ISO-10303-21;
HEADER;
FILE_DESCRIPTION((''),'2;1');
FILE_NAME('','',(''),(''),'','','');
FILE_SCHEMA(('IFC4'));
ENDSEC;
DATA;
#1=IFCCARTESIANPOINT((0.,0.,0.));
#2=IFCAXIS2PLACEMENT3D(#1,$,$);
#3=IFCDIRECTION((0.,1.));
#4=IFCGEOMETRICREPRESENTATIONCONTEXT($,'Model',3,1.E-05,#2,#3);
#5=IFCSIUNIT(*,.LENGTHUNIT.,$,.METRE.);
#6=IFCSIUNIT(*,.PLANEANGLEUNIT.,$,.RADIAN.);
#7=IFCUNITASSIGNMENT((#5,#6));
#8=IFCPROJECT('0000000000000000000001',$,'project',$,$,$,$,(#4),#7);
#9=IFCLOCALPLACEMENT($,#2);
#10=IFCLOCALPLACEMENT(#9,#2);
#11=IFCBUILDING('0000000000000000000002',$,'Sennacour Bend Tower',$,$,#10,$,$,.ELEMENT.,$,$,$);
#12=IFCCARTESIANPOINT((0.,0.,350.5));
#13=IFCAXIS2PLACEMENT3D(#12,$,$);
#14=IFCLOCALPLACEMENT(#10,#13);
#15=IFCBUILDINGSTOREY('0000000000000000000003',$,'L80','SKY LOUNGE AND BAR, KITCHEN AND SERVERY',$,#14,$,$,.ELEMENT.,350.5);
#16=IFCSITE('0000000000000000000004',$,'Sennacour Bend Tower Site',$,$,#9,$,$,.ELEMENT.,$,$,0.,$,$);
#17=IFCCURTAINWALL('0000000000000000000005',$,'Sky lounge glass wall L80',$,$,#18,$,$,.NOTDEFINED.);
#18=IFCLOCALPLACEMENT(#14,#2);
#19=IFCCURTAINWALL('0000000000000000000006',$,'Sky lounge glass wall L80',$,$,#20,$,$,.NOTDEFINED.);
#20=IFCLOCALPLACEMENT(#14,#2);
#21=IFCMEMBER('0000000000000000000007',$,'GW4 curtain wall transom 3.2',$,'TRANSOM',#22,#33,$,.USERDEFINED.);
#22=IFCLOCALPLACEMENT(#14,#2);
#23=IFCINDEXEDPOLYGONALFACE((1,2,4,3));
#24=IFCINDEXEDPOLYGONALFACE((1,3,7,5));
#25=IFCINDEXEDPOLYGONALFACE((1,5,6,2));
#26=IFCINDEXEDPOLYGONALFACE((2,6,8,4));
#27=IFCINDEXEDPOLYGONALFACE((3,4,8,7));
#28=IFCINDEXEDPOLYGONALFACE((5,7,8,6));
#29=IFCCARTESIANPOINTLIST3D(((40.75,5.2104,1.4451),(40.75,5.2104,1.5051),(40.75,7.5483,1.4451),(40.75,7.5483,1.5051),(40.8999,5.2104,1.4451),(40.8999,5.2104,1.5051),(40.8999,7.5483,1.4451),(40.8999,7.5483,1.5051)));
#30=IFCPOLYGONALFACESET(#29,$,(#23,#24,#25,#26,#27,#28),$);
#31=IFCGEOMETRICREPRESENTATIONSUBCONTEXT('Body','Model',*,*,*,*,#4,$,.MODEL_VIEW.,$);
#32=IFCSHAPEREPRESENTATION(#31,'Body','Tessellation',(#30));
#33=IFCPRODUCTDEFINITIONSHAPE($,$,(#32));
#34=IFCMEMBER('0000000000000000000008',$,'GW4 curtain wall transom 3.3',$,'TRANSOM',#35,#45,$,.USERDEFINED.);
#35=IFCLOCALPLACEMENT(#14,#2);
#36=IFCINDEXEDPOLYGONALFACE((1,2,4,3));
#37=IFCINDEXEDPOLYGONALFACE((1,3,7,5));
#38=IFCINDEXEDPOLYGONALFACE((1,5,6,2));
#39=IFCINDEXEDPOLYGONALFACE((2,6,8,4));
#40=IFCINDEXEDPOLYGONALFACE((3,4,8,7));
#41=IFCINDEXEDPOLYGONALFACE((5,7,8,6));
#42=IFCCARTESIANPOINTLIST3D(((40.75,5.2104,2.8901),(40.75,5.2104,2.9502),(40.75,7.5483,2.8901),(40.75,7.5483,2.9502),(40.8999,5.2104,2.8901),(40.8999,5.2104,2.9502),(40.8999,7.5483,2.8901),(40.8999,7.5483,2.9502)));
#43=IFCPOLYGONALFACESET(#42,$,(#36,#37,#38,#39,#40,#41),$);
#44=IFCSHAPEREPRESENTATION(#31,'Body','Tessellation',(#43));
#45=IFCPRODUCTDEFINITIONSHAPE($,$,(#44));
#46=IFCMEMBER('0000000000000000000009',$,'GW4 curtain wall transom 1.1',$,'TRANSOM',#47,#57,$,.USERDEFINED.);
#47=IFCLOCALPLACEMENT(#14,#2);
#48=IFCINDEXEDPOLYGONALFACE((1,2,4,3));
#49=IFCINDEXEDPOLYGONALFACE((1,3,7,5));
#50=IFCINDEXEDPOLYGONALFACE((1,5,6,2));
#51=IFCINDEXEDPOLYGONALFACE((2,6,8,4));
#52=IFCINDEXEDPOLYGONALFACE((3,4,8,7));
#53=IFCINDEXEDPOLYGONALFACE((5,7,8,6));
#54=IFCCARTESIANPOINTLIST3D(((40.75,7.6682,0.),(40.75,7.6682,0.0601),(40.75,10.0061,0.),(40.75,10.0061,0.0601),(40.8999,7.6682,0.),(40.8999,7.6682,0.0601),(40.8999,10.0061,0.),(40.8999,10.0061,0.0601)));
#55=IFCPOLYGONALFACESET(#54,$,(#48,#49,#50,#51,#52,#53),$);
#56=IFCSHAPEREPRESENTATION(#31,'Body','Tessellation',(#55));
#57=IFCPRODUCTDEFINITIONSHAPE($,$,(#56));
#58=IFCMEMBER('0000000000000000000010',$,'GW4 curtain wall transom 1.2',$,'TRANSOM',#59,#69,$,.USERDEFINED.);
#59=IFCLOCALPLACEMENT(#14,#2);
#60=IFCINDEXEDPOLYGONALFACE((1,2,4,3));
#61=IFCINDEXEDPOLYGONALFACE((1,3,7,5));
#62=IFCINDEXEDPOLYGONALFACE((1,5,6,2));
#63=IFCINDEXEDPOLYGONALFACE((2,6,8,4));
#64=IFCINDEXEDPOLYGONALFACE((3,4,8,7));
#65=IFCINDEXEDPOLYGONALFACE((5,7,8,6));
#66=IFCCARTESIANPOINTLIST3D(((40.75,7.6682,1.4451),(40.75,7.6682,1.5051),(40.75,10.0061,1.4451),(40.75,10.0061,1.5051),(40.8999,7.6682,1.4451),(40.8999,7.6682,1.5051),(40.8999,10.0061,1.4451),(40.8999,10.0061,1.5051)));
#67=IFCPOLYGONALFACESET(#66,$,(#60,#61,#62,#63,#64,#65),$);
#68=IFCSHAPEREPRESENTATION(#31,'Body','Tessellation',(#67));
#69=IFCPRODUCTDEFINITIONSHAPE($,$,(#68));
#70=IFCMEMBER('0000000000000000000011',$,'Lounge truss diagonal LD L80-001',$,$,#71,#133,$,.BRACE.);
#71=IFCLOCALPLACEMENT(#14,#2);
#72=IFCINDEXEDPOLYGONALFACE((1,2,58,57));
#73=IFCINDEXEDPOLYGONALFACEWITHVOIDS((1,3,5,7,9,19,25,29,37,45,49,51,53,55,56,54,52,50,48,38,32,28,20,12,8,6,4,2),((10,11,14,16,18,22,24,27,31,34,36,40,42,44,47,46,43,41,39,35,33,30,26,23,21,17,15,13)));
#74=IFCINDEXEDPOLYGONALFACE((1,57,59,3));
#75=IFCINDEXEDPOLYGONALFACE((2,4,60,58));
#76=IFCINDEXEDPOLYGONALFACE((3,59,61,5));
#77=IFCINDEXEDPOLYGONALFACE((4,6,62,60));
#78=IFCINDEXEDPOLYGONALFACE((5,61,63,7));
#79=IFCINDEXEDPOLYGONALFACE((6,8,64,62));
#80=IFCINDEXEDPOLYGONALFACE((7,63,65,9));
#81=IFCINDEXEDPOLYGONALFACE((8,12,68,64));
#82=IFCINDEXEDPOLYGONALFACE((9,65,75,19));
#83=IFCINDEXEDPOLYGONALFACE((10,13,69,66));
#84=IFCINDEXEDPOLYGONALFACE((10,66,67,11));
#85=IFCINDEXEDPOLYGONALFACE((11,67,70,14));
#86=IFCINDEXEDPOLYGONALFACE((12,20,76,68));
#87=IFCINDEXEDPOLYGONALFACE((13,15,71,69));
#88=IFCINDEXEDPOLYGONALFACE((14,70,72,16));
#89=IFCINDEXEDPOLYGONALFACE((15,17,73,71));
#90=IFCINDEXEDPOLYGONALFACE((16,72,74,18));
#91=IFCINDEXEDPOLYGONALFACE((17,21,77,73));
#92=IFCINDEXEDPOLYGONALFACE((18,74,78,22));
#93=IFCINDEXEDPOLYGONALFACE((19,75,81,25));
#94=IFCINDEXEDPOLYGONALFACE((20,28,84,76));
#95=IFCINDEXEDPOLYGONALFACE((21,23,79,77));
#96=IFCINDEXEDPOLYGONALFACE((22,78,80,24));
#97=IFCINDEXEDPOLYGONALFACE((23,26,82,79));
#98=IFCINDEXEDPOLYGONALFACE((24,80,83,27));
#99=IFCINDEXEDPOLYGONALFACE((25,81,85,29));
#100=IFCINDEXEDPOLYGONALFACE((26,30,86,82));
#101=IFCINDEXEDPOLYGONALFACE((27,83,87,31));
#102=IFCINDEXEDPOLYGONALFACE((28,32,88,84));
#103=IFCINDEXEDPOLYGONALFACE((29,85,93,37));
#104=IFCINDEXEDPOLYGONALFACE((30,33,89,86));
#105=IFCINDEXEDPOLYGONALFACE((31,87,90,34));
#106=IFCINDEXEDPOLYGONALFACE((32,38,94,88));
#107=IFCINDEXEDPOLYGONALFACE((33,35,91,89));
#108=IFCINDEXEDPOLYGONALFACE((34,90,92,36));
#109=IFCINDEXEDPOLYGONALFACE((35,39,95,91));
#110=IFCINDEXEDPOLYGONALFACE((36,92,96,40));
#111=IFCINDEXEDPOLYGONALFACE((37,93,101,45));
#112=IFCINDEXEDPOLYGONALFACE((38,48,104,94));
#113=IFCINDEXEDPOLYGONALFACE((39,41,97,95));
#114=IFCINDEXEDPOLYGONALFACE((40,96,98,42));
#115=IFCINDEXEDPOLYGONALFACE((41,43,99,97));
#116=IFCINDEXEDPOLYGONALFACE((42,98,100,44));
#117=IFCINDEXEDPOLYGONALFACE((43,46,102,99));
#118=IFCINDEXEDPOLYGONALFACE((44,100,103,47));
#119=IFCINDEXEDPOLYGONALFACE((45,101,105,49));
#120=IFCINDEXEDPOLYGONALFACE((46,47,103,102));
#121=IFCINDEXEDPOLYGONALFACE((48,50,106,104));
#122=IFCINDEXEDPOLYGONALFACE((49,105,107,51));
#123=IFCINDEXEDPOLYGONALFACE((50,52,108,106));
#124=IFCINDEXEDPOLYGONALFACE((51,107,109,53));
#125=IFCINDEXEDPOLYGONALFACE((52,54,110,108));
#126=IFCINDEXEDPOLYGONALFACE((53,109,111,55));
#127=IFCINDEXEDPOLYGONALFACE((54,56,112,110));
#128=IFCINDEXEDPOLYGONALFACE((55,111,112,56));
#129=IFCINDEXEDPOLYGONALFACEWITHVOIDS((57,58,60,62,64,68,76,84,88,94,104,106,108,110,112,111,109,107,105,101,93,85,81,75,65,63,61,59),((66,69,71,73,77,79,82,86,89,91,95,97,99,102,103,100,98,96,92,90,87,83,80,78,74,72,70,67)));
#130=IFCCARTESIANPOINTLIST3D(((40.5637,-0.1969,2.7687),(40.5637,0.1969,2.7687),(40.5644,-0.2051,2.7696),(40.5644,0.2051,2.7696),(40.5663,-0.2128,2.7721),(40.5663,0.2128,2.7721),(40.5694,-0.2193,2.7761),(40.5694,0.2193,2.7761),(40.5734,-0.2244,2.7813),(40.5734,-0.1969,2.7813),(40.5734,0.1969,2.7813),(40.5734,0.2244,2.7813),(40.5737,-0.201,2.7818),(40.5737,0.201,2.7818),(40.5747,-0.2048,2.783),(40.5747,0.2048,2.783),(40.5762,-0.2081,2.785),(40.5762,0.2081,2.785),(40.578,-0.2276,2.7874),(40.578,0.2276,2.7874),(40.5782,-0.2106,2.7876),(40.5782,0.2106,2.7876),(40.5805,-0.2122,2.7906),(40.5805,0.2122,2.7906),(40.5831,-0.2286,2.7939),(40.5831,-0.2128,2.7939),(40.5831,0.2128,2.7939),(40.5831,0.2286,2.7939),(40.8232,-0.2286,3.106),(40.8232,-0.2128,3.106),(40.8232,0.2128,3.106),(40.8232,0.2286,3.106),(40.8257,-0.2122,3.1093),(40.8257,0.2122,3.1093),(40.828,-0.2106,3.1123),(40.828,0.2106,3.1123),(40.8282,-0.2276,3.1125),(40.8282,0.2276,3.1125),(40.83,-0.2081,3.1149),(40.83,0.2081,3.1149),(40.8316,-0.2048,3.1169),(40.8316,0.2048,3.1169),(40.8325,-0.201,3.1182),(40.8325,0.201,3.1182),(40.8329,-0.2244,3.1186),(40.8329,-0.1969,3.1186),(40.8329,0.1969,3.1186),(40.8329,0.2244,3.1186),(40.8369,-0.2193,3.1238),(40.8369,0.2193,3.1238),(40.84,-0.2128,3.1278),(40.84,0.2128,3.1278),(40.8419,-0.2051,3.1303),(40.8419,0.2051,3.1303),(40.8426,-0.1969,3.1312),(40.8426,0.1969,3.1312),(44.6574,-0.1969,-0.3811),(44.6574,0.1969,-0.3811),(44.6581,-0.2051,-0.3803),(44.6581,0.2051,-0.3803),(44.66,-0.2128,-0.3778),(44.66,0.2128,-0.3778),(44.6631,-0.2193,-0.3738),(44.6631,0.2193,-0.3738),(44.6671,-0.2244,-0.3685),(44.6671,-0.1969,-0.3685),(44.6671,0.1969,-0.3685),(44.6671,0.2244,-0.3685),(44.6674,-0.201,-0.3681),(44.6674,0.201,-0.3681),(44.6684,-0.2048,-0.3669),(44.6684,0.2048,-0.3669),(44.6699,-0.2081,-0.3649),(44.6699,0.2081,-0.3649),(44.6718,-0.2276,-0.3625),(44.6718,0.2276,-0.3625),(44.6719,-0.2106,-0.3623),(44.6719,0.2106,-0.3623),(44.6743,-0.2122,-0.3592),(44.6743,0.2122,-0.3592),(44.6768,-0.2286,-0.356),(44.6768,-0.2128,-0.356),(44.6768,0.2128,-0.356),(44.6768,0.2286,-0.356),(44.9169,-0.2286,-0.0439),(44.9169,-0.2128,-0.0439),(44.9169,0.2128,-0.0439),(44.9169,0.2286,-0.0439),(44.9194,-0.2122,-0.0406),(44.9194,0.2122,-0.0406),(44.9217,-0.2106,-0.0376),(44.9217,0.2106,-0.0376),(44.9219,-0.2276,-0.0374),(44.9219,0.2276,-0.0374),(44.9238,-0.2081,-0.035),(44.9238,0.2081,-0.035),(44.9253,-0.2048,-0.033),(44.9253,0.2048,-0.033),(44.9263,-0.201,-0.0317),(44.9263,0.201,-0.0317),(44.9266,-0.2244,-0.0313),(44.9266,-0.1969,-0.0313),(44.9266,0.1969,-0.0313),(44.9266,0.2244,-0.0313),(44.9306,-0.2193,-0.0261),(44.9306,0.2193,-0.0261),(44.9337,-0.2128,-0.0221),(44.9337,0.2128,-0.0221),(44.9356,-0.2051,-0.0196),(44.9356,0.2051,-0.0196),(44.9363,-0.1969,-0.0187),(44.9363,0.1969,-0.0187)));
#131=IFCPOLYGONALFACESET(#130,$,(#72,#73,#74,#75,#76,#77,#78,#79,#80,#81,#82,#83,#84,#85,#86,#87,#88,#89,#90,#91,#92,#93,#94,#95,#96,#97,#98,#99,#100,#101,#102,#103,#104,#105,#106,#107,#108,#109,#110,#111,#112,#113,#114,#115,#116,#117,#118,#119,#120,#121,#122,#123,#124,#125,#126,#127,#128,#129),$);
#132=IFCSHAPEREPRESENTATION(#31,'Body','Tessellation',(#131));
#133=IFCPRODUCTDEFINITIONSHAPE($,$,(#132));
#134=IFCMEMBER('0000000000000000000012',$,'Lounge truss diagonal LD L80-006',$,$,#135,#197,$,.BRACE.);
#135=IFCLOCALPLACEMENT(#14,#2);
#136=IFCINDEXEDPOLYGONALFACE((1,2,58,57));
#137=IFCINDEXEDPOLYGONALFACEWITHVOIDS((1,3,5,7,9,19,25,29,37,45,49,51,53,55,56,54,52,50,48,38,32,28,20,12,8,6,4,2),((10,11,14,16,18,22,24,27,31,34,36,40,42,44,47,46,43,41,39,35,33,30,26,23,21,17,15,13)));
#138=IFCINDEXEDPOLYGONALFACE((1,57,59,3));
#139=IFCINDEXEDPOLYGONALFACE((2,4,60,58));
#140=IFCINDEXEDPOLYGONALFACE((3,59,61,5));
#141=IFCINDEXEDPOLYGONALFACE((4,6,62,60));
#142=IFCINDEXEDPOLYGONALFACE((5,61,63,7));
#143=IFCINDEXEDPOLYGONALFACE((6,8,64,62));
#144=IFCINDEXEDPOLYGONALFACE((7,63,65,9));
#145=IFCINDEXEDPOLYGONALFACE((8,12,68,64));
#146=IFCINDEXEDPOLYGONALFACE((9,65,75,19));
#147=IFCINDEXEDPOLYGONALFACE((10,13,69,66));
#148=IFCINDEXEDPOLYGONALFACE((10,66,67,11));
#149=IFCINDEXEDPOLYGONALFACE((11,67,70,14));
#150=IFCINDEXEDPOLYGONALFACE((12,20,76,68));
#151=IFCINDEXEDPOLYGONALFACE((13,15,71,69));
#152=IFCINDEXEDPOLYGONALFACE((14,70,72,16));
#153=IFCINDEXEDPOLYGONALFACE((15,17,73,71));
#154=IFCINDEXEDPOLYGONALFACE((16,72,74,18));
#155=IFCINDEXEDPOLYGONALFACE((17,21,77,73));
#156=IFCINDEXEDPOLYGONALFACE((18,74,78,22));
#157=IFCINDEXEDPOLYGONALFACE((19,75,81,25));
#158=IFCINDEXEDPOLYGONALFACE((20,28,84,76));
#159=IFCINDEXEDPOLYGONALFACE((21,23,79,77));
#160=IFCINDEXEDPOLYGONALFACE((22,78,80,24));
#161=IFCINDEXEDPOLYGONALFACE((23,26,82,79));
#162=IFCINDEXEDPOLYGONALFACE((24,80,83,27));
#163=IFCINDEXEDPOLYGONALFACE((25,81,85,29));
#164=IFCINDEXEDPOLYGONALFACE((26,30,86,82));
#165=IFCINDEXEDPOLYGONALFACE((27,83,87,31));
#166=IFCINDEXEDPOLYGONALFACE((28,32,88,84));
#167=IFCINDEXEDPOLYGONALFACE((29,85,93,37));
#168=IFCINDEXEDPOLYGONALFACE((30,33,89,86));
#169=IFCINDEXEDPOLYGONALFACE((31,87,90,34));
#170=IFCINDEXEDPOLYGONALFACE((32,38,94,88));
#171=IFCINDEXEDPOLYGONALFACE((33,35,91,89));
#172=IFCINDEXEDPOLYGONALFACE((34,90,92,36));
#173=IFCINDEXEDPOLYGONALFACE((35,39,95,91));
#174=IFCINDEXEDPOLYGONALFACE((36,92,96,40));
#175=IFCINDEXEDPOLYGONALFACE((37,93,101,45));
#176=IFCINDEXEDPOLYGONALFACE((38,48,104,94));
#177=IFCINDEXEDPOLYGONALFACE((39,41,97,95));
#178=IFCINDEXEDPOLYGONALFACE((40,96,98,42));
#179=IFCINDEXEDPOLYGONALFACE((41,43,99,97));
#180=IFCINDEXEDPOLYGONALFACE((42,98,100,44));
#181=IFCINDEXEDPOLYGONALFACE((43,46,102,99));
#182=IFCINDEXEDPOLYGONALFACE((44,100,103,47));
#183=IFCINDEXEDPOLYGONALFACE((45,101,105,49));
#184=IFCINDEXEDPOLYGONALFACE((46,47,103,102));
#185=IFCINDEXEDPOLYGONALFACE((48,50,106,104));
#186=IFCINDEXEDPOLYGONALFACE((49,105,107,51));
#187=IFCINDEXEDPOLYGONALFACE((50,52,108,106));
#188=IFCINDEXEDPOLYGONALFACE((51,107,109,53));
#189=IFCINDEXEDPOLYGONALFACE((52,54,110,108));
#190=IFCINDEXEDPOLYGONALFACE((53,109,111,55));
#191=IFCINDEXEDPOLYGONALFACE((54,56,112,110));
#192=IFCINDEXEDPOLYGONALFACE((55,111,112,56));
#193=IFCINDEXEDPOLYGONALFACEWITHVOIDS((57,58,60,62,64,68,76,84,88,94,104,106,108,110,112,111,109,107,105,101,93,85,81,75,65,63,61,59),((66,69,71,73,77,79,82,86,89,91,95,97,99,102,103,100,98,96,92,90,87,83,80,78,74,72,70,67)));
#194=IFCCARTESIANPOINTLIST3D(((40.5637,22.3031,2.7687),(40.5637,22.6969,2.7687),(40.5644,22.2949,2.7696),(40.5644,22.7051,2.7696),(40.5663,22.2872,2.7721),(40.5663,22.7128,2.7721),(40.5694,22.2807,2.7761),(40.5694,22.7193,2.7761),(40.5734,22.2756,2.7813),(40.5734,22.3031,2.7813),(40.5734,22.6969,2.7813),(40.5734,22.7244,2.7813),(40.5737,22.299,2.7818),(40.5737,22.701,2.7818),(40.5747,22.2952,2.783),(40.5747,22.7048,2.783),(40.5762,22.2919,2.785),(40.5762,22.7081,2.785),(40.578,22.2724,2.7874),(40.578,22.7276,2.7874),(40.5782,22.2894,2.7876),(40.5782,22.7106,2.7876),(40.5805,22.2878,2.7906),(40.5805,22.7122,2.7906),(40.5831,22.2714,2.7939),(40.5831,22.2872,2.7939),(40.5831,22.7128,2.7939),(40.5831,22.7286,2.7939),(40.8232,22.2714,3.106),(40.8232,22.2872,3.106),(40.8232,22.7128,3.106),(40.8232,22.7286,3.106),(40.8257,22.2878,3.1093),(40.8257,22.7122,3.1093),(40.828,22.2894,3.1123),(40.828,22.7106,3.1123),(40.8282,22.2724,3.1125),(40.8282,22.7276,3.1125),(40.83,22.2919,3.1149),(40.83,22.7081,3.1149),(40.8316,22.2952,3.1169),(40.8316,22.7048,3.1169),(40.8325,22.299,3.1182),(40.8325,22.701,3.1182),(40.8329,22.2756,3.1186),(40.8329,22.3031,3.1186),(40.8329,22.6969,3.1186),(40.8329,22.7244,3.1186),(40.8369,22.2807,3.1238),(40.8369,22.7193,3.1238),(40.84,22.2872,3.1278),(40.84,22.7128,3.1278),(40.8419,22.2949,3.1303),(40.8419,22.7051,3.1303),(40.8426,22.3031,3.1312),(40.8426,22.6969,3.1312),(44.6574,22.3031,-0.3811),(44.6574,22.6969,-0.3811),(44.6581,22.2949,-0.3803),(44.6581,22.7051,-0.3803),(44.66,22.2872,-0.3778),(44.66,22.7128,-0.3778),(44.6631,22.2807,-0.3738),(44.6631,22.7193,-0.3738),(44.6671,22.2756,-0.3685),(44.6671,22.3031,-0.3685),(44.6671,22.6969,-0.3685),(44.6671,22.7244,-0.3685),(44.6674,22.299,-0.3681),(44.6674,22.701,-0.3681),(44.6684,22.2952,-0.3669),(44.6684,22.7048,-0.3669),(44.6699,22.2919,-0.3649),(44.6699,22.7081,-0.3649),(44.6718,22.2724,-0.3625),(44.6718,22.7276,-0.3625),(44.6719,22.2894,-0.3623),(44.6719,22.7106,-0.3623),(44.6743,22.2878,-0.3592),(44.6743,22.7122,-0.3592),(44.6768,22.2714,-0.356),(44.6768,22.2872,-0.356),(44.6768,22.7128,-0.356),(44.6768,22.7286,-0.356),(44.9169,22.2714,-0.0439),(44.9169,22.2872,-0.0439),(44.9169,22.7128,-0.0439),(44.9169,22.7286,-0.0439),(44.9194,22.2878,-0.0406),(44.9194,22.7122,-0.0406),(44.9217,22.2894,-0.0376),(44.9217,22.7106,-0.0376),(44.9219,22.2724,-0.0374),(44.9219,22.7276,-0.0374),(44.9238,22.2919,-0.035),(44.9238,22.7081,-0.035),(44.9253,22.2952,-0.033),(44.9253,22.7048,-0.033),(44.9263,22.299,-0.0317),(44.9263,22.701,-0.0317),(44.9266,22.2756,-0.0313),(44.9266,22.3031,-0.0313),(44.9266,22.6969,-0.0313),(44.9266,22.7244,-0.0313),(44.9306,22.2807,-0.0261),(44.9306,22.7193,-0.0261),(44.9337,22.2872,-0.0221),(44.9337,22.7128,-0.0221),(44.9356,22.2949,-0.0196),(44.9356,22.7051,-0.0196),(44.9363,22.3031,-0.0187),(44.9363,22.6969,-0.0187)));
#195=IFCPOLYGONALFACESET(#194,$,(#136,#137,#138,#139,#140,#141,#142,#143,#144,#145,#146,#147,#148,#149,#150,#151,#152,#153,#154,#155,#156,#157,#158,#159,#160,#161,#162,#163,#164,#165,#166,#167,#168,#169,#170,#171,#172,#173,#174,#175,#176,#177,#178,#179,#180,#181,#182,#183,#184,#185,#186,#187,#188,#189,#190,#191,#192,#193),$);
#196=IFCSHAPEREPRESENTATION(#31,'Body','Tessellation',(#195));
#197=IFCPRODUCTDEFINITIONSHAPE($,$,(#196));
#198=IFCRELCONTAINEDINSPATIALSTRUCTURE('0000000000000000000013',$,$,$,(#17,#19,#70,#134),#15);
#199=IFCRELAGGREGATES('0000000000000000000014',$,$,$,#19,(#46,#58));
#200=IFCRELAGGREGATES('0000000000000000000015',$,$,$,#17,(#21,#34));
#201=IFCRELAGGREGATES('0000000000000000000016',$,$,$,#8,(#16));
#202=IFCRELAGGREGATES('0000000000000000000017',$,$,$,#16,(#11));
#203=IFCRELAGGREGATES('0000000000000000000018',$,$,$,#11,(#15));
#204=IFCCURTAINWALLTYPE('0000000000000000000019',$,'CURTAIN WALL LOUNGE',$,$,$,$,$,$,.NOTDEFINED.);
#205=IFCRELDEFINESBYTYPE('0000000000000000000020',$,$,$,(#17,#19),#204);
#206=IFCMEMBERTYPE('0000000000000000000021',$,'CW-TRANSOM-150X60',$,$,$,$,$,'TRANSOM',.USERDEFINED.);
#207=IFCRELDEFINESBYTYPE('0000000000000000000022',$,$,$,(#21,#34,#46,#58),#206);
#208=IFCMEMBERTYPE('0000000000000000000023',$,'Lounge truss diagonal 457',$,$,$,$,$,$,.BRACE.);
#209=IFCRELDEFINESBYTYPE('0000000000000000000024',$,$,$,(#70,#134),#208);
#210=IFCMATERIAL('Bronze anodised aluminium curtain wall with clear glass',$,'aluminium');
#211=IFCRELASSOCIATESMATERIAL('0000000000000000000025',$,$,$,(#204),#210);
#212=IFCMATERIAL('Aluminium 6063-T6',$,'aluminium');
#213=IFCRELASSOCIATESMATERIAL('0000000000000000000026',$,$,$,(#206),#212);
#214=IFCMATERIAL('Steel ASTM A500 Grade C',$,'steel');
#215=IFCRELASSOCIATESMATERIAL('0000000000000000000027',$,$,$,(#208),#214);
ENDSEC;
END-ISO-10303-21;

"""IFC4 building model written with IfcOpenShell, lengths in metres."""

from ifc_helpers import new_model, si_unit, direction, frame, origin, origin_2d, place, context, subcontext, project, spatial, rectangle, hollow_rectangle, extrude, material, material_profile, profile_set, type_object, element, aggregate, save


model = new_model("IFC4")

# Units and contexts
model_context = context("Model", 3, precision=1e-05, world=origin(), true_north=direction((0.0, 1.0)))
body_context = subcontext(model_context, "Body", "Model", "MODEL_VIEW")
ifc_project = project(units=[si_unit("LENGTHUNIT", "METRE"), si_unit("PLANEANGLEUNIT", "RADIAN")], contexts=[model_context])

# Site, building, storey
site_placement = place(None, origin())
site = spatial("IfcSite", under=ifc_project, at=site_placement, Name="Sennacour Bend Tower Site", CompositionType="ELEMENT", RefElevation=0.0)
building_placement = place(site_placement, origin())
building = spatial("IfcBuilding", under=site, at=building_placement, Name="Sennacour Bend Tower", CompositionType="ELEMENT")
storey_placement = place(building_placement, frame((0.0, 0.0, 350.5)))
storey = spatial("IfcBuildingStorey", under=building, at=storey_placement, Name="L80", Description="SKY LOUNGE AND BAR, KITCHEN AND SERVERY", CompositionType="ELEMENT", Elevation=350.5)

# Curtain walls
ifc_material_1 = material(Name="Bronze anodised aluminium curtain wall with clear glass", Category="aluminium")
curtain_wall_type = type_object("IfcCurtainWallType", Name="CURTAIN WALL LOUNGE", PredefinedType="NOTDEFINED", material=ifc_material_1)
curtain_wall_1_placement = place(storey_placement, origin())
curtain_wall_1 = element("IfcCurtainWall", 1, at=curtain_wall_1_placement, inside=storey, type_object=curtain_wall_type, Name="Sky lounge glass wall L80", PredefinedType="NOTDEFINED")
ifc_material_2 = material(Name="Aluminium 6063-T6", Category="aluminium")
curtain_wall_2_placement = place(storey_placement, origin())
curtain_wall_2 = element("IfcCurtainWall", 2, at=curtain_wall_2_placement, inside=storey, type_object=curtain_wall_type, Name="Sky lounge glass wall L80", PredefinedType="NOTDEFINED")

# Members
ifc_material_profile_1 = material_profile(ifc_material_2, rectangle(XDim=0.1499, YDim=0.0601, at=origin_2d()), Name="Aluminium 6063-T6", Category="aluminium")
ifc_profile_set_1 = profile_set([ifc_material_profile_1], Name="Aluminium 6063-T6")
member_type_1 = type_object("IfcMemberType", Name="CW-TRANSOM-150X60", ElementType="TRANSOM", PredefinedType="USERDEFINED", material=ifc_profile_set_1)
member_1_placement = place(storey_placement, frame((40.825, 5.2104, 1.4751), z_axis=(0.0, 1.0, 0.0), x_axis=(-1.0, 0.0, 0.0)))
member_1 = element("IfcMember", 3, at=member_1_placement, type_object=member_type_1, Name="GW4 curtain wall transom 3.2", ObjectType="TRANSOM", PredefinedType="USERDEFINED", context=body_context, shape_type="SweptSolid", body=[
    extrude(rectangle(XDim=0.1499, YDim=0.0601, at=origin_2d()), origin(), (0.0, 0.0, 1.0), 2.3379),
])
member_2_placement = place(storey_placement, frame((40.825, 5.2104, 2.9202), z_axis=(0.0, 1.0, 0.0), x_axis=(-1.0, 0.0, 0.0)))
member_2 = element("IfcMember", 4, at=member_2_placement, type_object=member_type_1, Name="GW4 curtain wall transom 3.3", ObjectType="TRANSOM", PredefinedType="USERDEFINED", context=body_context, shape_type="SweptSolid", body=[
    extrude(rectangle(XDim=0.1499, YDim=0.0601, at=origin_2d()), origin(), (0.0, 0.0, 1.0), 2.3379),
])
member_3_placement = place(storey_placement, frame((40.825, 7.6682, 0.03), z_axis=(0.0, 1.0, 0.0), x_axis=(-1.0, 0.0, 0.0)))
member_3 = element("IfcMember", 5, at=member_3_placement, type_object=member_type_1, Name="GW4 curtain wall transom 1.1", ObjectType="TRANSOM", PredefinedType="USERDEFINED", context=body_context, shape_type="SweptSolid", body=[
    extrude(rectangle(XDim=0.1499, YDim=0.0601, at=origin_2d()), origin(), (0.0, 0.0, 1.0), 2.3379),
])
member_4_placement = place(storey_placement, frame((40.825, 7.6682, 1.4751), z_axis=(0.0, 1.0, 0.0), x_axis=(-1.0, 0.0, 0.0)))
member_4 = element("IfcMember", 6, at=member_4_placement, type_object=member_type_1, Name="GW4 curtain wall transom 1.2", ObjectType="TRANSOM", PredefinedType="USERDEFINED", context=body_context, shape_type="SweptSolid", body=[
    extrude(rectangle(XDim=0.1499, YDim=0.0601, at=origin_2d()), origin(), (0.0, 0.0, 1.0), 2.3379),
])
aggregate(curtain_wall_2, [member_3, member_4])

# Members
ifc_material_3 = material(Name="Steel ASTM A500 Grade C", Category="steel")
ifc_material_profile_2 = material_profile(ifc_material_3, hollow_rectangle(XDim=0.4573, YDim=0.4573, WallThickness=0.0159, InnerFilletRadius=0.0159, OuterFilletRadius=0.0317, at=origin_2d()), Name="Steel ASTM A500 Grade C", Category="steel")
ifc_profile_set_2 = profile_set([ifc_material_profile_2], Name="Steel ASTM A500 Grade C")
member_type_2 = type_object("IfcMemberType", Name="Lounge truss diagonal 457", PredefinedType="BRACE", material=ifc_profile_set_2)
for number, where, z_axis, x_axis, name in (
    (7, (40.7031, 0.0, 2.95), (0.792543, 0.0, -0.609816), (0.0, 1.0, 0.0), "Lounge truss diagonal LD L80-001"),
    (8, (40.7031, 22.5, 2.95), (0.792543, 0.0, -0.609816), (0.0, 1.0, 0.0), "Lounge truss diagonal LD L80-006"),
):
    element("IfcMember", number, at=place(storey_placement, frame(where, z_axis=z_axis, x_axis=x_axis)), inside=storey, type_object=member_type_2, Name=name, PredefinedType="BRACE", context=body_context, shape_type="SweptSolid", body=[
        extrude(hollow_rectangle(XDim=0.4573, YDim=0.4573, WallThickness=0.0159, InnerFilletRadius=0.0159, OuterFilletRadius=0.0317, at=origin_2d()), origin(), (0.0, 0.0, 1.0), 5.1653),
    ])

aggregate(curtain_wall_1, [member_1, member_2])

save(model, "model.ifc")
